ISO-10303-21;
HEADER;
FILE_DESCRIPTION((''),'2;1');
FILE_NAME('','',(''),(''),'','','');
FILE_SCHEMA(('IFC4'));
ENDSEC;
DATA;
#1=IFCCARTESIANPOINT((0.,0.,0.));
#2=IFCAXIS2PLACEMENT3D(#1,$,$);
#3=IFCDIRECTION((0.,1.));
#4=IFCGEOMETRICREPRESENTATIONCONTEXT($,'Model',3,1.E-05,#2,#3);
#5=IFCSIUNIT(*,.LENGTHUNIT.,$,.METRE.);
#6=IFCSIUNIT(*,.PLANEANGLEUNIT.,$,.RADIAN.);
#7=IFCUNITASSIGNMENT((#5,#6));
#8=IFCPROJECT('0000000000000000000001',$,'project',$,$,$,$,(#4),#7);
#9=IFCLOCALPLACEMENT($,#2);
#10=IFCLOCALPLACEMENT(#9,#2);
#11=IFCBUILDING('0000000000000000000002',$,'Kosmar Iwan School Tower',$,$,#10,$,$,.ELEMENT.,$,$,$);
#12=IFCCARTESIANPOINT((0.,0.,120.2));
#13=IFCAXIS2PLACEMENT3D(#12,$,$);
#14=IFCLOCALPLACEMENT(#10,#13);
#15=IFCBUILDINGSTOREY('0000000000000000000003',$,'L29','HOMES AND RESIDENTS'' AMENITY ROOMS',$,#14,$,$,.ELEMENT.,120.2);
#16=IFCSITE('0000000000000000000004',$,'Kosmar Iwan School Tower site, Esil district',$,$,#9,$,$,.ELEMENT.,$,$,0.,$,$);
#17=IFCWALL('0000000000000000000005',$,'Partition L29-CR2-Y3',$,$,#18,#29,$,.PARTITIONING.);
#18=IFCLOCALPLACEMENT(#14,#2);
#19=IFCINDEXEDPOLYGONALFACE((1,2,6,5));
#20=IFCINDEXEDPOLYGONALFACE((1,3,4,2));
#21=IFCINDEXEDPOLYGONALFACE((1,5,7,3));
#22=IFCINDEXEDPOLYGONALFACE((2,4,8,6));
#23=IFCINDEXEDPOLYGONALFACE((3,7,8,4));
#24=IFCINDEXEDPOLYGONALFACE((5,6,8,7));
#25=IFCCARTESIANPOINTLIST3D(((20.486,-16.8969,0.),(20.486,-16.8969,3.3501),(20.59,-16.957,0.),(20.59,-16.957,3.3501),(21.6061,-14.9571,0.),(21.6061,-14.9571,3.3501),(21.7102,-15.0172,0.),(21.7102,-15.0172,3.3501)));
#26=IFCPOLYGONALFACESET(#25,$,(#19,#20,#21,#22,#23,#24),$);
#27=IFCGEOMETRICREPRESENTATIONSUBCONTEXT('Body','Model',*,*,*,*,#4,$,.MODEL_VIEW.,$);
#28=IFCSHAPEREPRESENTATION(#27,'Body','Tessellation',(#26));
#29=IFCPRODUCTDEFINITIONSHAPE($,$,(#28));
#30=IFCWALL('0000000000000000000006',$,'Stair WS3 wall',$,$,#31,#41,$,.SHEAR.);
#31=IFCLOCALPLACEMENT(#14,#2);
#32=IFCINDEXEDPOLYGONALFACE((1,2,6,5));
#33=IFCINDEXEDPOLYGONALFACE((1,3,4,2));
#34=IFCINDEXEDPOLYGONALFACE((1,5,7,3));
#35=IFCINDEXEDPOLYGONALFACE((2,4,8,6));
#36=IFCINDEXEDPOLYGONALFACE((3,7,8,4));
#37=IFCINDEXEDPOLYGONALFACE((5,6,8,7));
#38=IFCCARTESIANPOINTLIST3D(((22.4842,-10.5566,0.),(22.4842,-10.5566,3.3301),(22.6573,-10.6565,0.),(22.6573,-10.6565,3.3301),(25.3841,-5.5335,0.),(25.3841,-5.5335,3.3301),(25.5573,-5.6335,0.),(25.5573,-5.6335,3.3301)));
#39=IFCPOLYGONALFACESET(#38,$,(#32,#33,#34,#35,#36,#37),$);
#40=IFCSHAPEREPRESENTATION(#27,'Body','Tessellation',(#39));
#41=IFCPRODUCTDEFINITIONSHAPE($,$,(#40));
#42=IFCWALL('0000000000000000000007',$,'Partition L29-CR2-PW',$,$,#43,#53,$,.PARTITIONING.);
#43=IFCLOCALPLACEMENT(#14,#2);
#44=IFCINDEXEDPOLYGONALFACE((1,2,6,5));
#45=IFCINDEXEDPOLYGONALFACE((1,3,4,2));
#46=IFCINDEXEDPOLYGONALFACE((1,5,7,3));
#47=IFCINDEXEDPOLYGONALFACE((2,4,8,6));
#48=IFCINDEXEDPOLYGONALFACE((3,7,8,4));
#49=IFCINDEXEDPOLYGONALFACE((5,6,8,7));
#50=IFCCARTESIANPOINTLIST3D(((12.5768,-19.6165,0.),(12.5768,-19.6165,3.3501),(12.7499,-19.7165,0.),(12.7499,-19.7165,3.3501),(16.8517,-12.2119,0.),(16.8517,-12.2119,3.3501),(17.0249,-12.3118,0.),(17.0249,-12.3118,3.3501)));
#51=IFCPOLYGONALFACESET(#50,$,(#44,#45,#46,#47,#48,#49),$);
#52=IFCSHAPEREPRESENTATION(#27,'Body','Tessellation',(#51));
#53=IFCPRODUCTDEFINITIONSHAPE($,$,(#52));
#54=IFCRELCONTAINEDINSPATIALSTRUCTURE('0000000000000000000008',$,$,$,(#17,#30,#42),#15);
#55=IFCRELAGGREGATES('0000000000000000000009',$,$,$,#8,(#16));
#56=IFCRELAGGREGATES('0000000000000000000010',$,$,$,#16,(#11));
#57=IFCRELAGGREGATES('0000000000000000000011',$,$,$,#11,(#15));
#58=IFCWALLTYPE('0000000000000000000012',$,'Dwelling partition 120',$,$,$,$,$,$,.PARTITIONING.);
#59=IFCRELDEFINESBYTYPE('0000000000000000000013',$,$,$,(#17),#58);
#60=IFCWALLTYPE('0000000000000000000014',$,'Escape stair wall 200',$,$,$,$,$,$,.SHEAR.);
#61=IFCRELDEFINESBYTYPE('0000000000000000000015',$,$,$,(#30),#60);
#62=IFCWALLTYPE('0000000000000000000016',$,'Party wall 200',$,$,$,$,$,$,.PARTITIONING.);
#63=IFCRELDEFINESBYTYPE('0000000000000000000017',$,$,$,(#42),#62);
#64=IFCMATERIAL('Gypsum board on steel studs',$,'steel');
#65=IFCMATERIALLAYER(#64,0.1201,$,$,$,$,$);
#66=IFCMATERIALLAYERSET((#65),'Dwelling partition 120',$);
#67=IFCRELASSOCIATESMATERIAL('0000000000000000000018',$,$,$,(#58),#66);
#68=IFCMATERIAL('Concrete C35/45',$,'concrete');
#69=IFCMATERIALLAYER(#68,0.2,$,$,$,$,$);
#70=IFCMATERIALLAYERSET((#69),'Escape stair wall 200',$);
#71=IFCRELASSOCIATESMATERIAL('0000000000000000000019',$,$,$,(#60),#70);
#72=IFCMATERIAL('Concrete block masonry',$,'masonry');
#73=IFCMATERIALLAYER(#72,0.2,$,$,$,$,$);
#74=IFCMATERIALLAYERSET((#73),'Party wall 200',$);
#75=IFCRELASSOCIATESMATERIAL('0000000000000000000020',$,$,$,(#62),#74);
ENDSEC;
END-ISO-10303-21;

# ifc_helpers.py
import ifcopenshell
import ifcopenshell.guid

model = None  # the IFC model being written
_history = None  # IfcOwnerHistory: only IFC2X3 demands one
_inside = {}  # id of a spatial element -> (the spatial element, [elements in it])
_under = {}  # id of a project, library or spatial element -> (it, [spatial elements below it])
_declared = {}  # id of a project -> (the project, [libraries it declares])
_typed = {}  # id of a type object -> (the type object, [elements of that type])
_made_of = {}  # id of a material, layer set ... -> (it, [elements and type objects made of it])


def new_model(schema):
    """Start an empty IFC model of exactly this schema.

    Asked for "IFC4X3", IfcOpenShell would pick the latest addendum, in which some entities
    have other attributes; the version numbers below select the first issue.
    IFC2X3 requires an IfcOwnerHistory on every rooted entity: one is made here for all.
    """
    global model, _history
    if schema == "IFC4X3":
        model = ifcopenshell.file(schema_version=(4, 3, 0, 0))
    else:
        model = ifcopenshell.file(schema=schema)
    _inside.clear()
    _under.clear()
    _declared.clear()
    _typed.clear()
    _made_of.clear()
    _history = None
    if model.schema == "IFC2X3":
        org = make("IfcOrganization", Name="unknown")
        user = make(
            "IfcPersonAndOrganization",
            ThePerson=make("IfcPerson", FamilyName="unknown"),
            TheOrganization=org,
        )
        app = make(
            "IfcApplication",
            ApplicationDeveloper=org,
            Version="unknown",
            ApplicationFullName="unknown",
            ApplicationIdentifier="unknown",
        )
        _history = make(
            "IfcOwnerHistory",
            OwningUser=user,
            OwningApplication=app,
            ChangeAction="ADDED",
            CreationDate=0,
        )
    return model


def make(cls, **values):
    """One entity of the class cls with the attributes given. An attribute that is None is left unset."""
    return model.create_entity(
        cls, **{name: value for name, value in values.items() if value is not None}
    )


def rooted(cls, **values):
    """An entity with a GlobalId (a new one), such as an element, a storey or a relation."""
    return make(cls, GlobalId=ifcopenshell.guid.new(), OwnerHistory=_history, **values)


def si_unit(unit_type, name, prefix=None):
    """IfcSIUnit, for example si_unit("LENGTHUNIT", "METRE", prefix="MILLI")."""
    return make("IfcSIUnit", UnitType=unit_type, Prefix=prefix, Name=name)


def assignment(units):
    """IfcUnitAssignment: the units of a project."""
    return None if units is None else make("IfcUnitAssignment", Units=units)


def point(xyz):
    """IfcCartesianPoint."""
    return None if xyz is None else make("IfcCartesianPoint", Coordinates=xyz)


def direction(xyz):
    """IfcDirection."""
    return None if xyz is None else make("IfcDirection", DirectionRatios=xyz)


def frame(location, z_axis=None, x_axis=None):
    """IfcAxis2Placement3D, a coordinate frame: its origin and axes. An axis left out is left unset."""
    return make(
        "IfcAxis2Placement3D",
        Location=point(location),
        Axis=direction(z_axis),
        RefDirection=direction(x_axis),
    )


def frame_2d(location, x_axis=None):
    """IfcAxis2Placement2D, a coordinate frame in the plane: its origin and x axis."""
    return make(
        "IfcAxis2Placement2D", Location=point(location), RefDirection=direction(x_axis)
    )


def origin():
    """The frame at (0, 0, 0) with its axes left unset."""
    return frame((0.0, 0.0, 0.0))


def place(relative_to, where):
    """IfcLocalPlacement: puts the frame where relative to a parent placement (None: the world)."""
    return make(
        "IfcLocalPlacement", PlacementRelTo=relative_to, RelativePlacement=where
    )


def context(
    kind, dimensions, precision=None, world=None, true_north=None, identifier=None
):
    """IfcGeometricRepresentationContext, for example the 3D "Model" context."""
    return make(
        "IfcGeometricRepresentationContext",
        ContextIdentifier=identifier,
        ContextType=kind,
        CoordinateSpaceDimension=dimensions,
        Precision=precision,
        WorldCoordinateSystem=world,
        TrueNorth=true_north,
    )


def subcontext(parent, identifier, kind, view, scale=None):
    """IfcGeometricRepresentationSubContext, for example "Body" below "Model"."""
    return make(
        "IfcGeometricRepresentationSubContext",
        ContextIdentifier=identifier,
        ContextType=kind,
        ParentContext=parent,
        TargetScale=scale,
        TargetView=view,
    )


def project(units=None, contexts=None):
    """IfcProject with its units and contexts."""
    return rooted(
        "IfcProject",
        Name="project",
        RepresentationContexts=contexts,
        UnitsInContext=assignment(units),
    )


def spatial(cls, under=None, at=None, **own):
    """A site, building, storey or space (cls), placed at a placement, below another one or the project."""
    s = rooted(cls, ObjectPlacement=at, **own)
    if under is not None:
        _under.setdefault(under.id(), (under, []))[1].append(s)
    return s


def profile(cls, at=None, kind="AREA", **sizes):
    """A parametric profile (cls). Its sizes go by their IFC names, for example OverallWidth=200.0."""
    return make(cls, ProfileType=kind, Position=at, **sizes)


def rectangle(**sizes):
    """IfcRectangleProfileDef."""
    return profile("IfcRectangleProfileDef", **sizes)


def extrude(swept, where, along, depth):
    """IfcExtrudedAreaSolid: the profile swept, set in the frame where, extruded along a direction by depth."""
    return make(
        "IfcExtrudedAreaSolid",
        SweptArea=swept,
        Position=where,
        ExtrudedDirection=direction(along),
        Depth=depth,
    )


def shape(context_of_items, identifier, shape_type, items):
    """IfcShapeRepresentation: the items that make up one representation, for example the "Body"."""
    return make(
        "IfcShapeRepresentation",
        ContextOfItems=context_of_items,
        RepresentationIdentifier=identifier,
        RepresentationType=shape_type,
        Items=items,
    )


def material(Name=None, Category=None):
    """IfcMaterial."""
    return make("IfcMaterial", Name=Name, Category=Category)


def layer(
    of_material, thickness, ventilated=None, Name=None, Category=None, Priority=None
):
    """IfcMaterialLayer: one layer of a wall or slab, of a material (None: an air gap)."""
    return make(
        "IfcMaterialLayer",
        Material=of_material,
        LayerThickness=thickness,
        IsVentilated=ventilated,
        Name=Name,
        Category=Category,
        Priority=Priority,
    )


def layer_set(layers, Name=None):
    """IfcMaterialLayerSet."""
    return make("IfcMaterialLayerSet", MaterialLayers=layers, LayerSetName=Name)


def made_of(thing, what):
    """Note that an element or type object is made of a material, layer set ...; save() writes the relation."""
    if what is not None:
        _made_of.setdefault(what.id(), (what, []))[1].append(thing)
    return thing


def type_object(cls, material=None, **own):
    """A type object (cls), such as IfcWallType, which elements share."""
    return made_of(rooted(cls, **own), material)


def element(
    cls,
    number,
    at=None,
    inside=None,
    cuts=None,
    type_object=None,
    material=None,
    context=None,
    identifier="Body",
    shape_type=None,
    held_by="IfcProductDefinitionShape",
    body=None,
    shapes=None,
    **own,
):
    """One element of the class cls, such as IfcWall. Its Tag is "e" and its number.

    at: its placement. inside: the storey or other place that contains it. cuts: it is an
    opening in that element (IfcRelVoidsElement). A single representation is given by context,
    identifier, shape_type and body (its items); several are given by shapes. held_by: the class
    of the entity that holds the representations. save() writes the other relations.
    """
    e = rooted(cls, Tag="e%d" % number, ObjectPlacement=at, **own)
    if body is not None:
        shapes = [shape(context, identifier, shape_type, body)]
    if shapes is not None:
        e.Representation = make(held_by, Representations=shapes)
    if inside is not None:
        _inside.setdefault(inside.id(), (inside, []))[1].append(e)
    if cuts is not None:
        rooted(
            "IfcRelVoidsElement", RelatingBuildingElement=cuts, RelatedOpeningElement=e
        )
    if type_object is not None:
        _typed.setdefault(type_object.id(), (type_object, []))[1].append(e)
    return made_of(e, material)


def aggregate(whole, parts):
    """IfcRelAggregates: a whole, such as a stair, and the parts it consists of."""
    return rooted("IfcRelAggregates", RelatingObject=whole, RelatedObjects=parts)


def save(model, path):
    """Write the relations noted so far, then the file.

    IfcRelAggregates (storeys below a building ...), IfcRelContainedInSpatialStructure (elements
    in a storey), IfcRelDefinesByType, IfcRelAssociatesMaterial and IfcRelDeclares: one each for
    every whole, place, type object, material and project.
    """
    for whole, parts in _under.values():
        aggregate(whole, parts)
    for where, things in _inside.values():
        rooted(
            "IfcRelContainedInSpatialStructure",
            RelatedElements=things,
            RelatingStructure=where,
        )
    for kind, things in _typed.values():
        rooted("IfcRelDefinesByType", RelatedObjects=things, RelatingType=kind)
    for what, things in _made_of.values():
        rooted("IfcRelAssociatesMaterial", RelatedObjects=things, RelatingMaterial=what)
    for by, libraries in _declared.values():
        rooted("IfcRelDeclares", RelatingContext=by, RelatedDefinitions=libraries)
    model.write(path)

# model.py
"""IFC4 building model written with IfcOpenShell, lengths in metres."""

from ifc_helpers import new_model, si_unit, direction, frame, frame_2d, origin, place, context, subcontext, project, spatial, rectangle, extrude, material, layer, layer_set, type_object, element, save


model = new_model("IFC4")

# Units and contexts
model_context = context("Model", 3, precision=1e-05, world=origin(), true_north=direction((0.0, 1.0)))
body_context = subcontext(model_context, "Body", "Model", "MODEL_VIEW")
ifc_project = project(units=[si_unit("LENGTHUNIT", "METRE"), si_unit("PLANEANGLEUNIT", "RADIAN")], contexts=[model_context])

# Site, building, storey
site_placement = place(None, origin())
site = spatial("IfcSite", under=ifc_project, at=site_placement, Name="Kosmar Iwan School Tower site, Esil district", CompositionType="ELEMENT", RefElevation=0.0)
building_placement = place(site_placement, origin())
building = spatial("IfcBuilding", under=site, at=building_placement, Name="Kosmar Iwan School Tower", CompositionType="ELEMENT")
storey_placement = place(building_placement, frame((0.0, 0.0, 120.2)))
storey = spatial("IfcBuildingStorey", under=building, at=storey_placement, Name="L29", Description="HOMES AND RESIDENTS' AMENITY ROOMS", CompositionType="ELEMENT", Elevation=120.2)

# Walls
ifc_material_1 = material(Name="Gypsum board on steel studs", Category="steel")
ifc_layer_1 = layer(ifc_material_1, 0.1201)
ifc_layer_set_1 = layer_set([ifc_layer_1], Name="Dwelling partition 120")
wall_type_1 = type_object("IfcWallType", Name="Dwelling partition 120", PredefinedType="PARTITIONING", material=ifc_layer_set_1)
wall_1_placement = place(storey_placement, frame((21.6582, -14.9871, 0.0), z_axis=(0.0, 0.0, 1.0), x_axis=(-0.500078, -0.86598, 0.0)))
element("IfcWall", 1, at=wall_1_placement, inside=storey, type_object=wall_type_1, Name="Partition L29-CR2-Y3", PredefinedType="PARTITIONING", context=body_context, shape_type="SweptSolid", body=[
    extrude(rectangle(XDim=2.24, YDim=0.1201, at=frame_2d((1.1201, 0.0))), origin(), (0.0, 0.0, 1.0), 3.3501),
])
ifc_material_2 = material(Name="Concrete C35/45", Category="concrete")
ifc_layer_2 = layer(ifc_material_2, 0.2)
ifc_layer_set_2 = layer_set([ifc_layer_2], Name="Escape stair wall 200")
wall_type_2 = type_object("IfcWallType", Name="Escape stair wall 200", PredefinedType="SHEAR", material=ifc_layer_set_2)
wall_2_placement = place(storey_placement, frame((22.5708, -10.6064, 0.0), z_axis=(0.0, 0.0, 1.0), x_axis=(0.499987, 0.866033, 0.0)))
element("IfcWall", 2, at=wall_2_placement, inside=storey, type_object=wall_type_2, Name="Stair WS3 wall", PredefinedType="SHEAR", context=body_context, shape_type="SweptSolid", body=[
    extrude(rectangle(XDim=5.8, YDim=0.2, at=frame_2d((2.8999, 0.0))), origin(), (0.0, 0.0, 1.0), 3.3301),
])
ifc_material_3 = material(Name="Concrete block masonry", Category="masonry")
ifc_layer_3 = layer(ifc_material_3, 0.2)
ifc_layer_set_3 = layer_set([ifc_layer_3], Name="Party wall 200")
wall_type_3 = type_object("IfcWallType", Name="Party wall 200", PredefinedType="PARTITIONING", material=ifc_layer_set_3)
wall_3_placement = place(storey_placement, frame((16.9382, -12.262, 0.0), z_axis=(0.0, 0.0, 1.0), x_axis=(-0.49999, -0.866031, 0.0)))
element("IfcWall", 3, at=wall_3_placement, inside=storey, type_object=wall_type_3, Name="Partition L29-CR2-PW", PredefinedType="PARTITIONING", context=body_context, shape_type="SweptSolid", body=[
    extrude(rectangle(XDim=8.55, YDim=0.2, at=frame_2d((4.2749, 0.0))), origin(), (0.0, 0.0, 1.0), 3.3501),
])

save(model, "model.ifc")
